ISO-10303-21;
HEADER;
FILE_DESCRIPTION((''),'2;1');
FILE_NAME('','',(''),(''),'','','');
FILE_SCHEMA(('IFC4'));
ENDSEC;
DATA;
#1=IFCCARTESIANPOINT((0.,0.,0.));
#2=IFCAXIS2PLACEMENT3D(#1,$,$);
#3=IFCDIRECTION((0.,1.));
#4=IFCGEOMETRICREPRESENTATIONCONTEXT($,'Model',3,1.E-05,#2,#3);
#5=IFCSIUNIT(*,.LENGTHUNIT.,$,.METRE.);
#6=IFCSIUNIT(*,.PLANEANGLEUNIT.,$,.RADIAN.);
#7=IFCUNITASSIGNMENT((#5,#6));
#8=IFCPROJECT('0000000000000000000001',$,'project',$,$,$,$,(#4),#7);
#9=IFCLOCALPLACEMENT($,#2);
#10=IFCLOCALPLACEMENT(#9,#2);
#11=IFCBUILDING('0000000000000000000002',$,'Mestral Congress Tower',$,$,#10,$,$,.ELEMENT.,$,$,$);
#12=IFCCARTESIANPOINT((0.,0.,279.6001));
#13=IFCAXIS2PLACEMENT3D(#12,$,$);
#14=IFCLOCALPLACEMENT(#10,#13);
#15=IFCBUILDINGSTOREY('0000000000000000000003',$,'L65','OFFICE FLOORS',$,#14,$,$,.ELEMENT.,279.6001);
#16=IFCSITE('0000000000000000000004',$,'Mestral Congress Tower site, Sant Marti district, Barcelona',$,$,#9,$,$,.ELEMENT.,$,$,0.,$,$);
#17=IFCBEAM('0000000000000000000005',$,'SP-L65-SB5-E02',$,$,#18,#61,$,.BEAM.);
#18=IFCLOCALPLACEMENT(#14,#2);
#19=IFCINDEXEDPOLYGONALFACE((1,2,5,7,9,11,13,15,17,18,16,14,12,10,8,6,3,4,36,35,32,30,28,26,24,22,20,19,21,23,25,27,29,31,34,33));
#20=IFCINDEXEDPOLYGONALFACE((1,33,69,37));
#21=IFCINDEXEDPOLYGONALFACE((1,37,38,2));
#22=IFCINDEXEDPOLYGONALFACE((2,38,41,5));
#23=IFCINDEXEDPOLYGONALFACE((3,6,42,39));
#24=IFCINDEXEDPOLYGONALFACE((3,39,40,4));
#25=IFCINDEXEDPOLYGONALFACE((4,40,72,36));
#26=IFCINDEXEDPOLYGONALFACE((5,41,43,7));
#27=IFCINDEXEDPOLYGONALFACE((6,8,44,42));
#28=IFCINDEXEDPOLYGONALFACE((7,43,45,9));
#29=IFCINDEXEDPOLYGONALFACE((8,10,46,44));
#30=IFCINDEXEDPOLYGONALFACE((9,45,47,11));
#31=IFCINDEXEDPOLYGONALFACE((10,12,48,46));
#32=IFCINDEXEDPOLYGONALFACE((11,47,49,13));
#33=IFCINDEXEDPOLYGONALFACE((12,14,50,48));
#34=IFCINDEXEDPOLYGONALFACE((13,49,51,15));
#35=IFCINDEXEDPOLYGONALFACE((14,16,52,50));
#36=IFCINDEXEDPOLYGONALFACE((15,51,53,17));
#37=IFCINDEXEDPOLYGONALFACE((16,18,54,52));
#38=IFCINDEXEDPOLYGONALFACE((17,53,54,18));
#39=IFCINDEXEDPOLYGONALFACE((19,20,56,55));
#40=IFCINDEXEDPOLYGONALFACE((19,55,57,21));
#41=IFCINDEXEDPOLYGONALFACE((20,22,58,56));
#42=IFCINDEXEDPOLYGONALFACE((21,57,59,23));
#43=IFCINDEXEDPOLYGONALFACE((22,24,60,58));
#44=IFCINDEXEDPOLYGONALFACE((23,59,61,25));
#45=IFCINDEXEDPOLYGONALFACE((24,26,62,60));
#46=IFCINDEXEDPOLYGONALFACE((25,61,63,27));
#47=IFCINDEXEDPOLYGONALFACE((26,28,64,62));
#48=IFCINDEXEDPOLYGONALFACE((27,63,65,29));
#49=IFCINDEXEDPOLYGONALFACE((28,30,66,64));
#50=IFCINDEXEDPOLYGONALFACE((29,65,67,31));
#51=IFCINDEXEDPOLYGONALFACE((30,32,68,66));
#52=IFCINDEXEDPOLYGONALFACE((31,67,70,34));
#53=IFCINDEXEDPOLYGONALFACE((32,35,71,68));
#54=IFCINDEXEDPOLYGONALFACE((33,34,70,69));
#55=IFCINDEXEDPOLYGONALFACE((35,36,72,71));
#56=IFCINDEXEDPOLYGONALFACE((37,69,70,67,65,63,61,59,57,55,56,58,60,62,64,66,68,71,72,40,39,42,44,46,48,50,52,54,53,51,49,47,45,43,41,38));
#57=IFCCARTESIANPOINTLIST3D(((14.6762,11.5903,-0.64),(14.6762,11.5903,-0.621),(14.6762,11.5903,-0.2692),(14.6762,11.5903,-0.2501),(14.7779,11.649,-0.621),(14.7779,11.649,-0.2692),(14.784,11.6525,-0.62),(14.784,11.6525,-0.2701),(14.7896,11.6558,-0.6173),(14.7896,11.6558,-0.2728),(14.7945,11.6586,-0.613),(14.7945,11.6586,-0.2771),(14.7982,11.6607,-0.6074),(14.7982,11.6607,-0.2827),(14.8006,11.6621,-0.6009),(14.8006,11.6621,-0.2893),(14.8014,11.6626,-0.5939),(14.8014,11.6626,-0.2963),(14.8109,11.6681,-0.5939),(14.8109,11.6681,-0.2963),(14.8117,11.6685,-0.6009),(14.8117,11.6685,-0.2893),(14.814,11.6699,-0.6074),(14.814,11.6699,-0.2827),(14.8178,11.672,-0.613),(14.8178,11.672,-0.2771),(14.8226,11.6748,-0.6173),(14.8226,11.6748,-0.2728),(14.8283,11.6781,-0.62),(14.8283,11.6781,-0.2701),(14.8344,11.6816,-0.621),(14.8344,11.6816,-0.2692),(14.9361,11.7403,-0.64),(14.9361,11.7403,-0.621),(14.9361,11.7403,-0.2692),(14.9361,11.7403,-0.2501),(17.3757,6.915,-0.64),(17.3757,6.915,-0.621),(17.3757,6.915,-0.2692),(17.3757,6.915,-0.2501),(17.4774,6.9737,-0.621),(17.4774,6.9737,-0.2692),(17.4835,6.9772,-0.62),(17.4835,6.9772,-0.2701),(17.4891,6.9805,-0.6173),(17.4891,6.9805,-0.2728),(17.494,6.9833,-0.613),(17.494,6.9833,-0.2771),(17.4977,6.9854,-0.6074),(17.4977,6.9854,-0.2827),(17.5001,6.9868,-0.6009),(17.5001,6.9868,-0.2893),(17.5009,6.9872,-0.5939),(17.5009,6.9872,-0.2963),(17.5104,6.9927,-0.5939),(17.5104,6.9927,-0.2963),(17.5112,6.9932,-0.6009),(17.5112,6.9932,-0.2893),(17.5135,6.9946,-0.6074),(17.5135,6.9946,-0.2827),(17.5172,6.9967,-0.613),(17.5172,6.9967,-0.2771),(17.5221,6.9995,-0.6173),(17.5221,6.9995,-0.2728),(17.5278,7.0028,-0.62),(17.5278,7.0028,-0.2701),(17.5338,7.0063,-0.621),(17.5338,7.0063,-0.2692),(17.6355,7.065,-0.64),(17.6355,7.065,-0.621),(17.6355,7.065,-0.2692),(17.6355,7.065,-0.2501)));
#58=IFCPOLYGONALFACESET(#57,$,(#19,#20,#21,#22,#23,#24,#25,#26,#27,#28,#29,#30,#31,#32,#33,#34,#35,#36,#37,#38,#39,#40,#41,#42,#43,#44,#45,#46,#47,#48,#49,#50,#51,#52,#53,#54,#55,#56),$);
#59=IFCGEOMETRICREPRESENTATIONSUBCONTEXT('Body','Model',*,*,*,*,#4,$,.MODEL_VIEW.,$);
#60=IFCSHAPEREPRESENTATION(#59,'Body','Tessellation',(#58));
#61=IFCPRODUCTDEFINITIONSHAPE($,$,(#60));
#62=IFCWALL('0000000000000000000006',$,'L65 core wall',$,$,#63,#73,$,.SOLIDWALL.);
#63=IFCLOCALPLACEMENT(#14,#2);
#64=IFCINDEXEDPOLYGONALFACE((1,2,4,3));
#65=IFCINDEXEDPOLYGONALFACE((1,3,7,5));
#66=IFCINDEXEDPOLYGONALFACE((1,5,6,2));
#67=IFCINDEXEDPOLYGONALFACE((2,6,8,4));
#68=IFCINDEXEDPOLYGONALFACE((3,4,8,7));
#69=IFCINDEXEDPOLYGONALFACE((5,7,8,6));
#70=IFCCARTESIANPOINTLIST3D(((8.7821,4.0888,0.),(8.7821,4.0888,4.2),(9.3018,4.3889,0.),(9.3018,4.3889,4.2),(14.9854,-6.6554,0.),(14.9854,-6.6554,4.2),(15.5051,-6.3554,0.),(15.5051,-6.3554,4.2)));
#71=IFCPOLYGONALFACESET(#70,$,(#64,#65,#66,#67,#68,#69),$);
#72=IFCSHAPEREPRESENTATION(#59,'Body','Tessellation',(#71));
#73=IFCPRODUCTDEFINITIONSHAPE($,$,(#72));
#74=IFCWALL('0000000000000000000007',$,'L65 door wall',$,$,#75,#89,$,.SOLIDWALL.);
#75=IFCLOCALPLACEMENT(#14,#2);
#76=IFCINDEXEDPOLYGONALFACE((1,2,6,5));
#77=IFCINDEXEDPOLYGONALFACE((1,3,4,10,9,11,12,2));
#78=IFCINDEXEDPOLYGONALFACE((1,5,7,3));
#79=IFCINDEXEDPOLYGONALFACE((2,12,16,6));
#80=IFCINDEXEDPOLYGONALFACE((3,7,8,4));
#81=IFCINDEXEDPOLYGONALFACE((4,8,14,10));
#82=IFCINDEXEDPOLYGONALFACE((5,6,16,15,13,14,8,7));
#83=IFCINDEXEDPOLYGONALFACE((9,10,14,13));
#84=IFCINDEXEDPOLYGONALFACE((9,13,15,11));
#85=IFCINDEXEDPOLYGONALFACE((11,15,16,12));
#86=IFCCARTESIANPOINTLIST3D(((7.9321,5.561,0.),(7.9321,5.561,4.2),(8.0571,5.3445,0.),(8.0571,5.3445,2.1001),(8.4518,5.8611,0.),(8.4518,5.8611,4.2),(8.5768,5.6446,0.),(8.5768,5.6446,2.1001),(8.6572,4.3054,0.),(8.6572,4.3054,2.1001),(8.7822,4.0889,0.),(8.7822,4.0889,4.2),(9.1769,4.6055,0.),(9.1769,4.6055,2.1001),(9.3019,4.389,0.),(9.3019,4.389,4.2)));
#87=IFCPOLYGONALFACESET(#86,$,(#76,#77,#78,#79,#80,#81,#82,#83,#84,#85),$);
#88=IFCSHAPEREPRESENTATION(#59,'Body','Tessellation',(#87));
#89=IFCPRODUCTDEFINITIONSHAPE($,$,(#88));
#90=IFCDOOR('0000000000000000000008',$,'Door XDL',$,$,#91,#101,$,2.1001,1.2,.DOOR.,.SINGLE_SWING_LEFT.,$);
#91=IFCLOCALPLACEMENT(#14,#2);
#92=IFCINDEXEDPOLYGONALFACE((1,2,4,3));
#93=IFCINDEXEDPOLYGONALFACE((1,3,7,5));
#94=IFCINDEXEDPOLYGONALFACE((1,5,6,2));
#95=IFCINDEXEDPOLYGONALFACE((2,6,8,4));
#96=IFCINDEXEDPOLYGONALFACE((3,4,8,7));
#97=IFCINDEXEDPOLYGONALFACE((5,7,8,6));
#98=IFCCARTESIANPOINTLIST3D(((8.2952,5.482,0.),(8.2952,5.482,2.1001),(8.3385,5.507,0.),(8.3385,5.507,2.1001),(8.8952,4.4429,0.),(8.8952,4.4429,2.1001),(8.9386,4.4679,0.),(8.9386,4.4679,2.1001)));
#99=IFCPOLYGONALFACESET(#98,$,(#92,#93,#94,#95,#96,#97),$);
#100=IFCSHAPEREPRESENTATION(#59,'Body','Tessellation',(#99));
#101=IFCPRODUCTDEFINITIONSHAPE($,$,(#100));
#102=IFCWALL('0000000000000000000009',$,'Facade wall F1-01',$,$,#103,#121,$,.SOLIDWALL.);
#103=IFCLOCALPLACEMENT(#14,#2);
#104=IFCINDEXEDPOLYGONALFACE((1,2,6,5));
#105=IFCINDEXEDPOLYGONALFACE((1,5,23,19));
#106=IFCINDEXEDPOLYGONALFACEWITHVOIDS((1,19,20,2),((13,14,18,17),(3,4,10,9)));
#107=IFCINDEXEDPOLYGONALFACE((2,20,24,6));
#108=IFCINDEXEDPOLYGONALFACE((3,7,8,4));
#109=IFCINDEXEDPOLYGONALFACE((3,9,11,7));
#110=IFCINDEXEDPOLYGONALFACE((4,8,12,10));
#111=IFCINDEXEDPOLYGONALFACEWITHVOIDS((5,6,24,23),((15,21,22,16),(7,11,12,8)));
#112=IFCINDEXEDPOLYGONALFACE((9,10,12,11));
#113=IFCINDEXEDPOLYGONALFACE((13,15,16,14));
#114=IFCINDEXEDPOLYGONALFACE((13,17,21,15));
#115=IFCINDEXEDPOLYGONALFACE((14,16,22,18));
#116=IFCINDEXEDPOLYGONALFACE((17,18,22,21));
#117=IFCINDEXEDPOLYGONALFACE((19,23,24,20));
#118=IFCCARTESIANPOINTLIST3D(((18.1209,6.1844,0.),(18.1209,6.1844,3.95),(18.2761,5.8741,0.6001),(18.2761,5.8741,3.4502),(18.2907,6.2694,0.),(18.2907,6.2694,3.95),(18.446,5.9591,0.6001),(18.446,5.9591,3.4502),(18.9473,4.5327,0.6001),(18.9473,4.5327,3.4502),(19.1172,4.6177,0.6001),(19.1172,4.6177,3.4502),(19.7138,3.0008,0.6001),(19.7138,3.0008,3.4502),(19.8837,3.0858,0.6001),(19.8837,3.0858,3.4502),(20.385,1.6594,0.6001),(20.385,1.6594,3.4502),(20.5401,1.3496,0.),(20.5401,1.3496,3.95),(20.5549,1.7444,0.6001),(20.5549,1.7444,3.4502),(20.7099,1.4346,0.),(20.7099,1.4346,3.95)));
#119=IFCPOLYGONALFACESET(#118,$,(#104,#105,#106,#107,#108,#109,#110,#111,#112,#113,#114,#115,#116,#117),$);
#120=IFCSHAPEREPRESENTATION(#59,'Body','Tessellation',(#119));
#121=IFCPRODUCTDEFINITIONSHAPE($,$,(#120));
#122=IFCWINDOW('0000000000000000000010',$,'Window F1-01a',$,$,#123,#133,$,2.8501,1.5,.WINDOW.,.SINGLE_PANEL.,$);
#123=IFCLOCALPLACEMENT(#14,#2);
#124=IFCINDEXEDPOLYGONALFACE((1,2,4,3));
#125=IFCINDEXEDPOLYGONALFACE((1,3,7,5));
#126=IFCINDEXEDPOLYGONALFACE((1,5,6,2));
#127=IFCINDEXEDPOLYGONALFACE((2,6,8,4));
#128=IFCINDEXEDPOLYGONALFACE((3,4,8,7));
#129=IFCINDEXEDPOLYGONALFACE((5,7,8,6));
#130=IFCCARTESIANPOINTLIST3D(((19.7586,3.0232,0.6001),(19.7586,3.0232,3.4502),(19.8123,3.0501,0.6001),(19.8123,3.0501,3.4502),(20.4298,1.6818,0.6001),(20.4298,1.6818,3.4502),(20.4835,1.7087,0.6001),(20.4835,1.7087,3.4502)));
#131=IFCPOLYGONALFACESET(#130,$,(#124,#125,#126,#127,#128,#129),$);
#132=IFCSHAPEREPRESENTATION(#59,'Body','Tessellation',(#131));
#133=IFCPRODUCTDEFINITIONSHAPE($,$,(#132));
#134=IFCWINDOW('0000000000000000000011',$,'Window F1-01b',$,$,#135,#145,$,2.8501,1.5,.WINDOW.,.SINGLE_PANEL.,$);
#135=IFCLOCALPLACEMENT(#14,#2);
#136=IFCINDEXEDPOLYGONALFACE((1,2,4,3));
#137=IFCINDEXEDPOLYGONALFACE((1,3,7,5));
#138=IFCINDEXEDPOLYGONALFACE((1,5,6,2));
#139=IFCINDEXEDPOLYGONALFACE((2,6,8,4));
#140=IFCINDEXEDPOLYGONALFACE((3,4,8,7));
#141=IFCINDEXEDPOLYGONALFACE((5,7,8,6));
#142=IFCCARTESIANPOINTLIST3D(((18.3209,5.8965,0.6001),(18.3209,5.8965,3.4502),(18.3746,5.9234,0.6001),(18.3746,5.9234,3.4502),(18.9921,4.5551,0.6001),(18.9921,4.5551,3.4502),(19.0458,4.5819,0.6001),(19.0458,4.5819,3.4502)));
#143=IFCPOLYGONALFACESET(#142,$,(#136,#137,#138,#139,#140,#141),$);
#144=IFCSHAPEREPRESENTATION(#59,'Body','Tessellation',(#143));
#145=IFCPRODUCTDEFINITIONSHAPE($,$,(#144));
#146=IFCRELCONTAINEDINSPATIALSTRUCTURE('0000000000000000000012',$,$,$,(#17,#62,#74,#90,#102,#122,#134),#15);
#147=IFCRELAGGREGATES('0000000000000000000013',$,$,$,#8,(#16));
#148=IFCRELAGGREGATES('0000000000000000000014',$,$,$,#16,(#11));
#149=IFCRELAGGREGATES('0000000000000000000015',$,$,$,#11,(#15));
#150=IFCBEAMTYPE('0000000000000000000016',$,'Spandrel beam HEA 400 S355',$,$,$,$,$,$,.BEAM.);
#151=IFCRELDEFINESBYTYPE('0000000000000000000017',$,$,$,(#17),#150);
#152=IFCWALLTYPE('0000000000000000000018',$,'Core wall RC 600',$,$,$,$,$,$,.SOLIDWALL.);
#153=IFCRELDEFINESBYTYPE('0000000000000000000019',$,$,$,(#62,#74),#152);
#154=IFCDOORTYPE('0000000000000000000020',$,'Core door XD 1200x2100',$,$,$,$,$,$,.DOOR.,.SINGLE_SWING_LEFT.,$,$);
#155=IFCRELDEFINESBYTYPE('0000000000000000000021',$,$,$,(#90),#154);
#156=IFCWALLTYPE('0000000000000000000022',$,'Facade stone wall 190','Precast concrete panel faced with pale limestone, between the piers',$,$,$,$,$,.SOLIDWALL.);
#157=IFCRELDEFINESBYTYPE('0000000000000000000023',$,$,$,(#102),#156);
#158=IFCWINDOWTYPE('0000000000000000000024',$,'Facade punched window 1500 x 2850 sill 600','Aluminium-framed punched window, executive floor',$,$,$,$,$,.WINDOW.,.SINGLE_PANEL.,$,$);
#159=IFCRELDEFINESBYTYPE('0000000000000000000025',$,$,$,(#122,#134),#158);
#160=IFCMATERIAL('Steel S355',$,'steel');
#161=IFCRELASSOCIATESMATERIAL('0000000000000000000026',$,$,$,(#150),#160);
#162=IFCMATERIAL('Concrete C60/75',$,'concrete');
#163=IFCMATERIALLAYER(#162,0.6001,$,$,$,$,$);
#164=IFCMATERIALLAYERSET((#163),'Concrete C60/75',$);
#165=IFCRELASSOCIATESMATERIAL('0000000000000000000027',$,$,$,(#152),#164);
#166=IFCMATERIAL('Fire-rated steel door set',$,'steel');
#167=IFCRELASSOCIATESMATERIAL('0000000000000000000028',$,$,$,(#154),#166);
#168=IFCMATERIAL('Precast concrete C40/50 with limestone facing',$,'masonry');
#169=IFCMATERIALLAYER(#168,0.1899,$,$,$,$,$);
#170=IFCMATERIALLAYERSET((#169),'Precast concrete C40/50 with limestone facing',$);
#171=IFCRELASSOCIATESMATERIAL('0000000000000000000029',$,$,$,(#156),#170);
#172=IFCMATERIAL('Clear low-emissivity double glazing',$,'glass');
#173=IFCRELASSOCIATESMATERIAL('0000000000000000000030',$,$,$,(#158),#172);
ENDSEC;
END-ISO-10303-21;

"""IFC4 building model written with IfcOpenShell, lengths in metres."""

from ifc_helpers import new_model, si_unit, direction, frame, frame_2d, origin, origin_2d, place, context, subcontext, project, spatial, rectangle, i_section, extrude, material, layer, layer_set, material_profile, profile_set, type_object, element, fill, save


model = new_model("IFC4")

# Units and contexts
model_context = context("Model", 3, precision=1e-05, world=origin(), true_north=direction((0.0, 1.0)))
body_context = subcontext(model_context, "Body", "Model", "MODEL_VIEW")
ifc_project = project(units=[si_unit("LENGTHUNIT", "METRE"), si_unit("PLANEANGLEUNIT", "RADIAN")], contexts=[model_context])

# Site, building, storey
site_placement = place(None, origin())
site = spatial("IfcSite", under=ifc_project, at=site_placement, Name="Mestral Congress Tower site, Sant Marti district, Barcelona", CompositionType="ELEMENT", RefElevation=0.0)
building_placement = place(site_placement, origin())
building = spatial("IfcBuilding", under=site, at=building_placement, Name="Mestral Congress Tower", CompositionType="ELEMENT")
storey_placement = place(building_placement, frame((0.0, 0.0, 279.6001)))
storey = spatial("IfcBuildingStorey", under=building, at=storey_placement, Name="L65", Description="OFFICE FLOORS", CompositionType="ELEMENT", Elevation=279.6001)

# Shared definitions
ifc_material_1 = material(Name="Concrete C60/75", Category="concrete")

# Beam
ifc_material_2 = material(Name="Steel S355", Category="steel")
ifc_material_profile_1 = material_profile(ifc_material_2, i_section(OverallWidth=0.3, OverallDepth=0.3899, WebThickness=0.011, FlangeThickness=0.019, FilletRadius=0.0271, at=origin_2d()), Name="HEA 400")
ifc_profile_set_1 = profile_set([ifc_material_profile_1], Name="Steel S355")
beam_type_1 = type_object("IfcBeamType", Name="Spandrel beam HEA 400 S355", PredefinedType="BEAM", material=ifc_profile_set_1)
beam_1_placement = place(storey_placement, frame((17.5056, 6.99, -0.4451), z_axis=(-0.500025, 0.866011, 0.0), x_axis=(-0.866011, -0.500025, 0.0)))
element("IfcBeam", 1, at=beam_1_placement, inside=storey, type_object=beam_type_1, Name="SP-L65-SB5-E02", PredefinedType="BEAM", context=body_context, shape_type="SweptSolid", body=[
    extrude(i_section(OverallWidth=0.3, OverallDepth=0.3899, WebThickness=0.011, FlangeThickness=0.019, FilletRadius=0.0271, at=origin_2d()), origin(), (0.0, 0.0, 1.0), 5.3987),
])

# Wall
ifc_layer_1 = layer(ifc_material_1, 0.6001)
ifc_layer_set_1 = layer_set([ifc_layer_1], Name="Concrete C60/75")
wall_type_1 = type_object("IfcWallType", Name="Core wall RC 600", PredefinedType="SOLIDWALL", material=ifc_layer_set_1)
wall_1_placement = place(storey_placement, frame((9.042, 4.2388, 0.0), z_axis=(0.0, 0.0, 1.0), x_axis=(0.500006, -0.866022, 0.0)))
element("IfcWall", 2, at=wall_1_placement, inside=storey, type_object=wall_type_1, Name="L65 core wall", PredefinedType="SOLIDWALL", context=body_context, shape_type="SweptSolid", body=[
    extrude(rectangle(XDim=12.4065, YDim=0.6001, at=frame_2d((6.2031, 0.0))), origin(), (0.0, 0.0, 1.0), 4.2),
])

# Wall, opening, door
wall_2_placement = place(storey_placement, frame((8.1919, 5.7112, 0.0), z_axis=(0.0, 0.0, 1.0), x_axis=(0.500062, -0.865989, 0.0)))
wall_2 = element("IfcWall", 3, at=wall_2_placement, inside=storey, type_object=wall_type_1, Name="L65 door wall", PredefinedType="SOLIDWALL", context=body_context, shape_type="SweptSolid", body=[
    extrude(rectangle(XDim=1.7, YDim=0.6001, at=frame_2d((0.8501, 0.0))), origin(), (0.0, 0.0, 1.0), 4.2),
])
opening_1_placement = place(wall_2_placement, frame((0.25, 0.0, 0.0)))
opening_1 = element("IfcOpeningElement", 4, at=opening_1_placement, cuts=wall_2, PredefinedType="OPENING", context=body_context, shape_type="SweptSolid", body=[
    extrude(rectangle(XDim=1.2, YDim=2.1001, at=frame_2d((0.6001, 1.05))), frame((0.0, 0.3101, 0.0), z_axis=(0.0, -1.0, 0.0), x_axis=(1.0, 0.0, 0.0)), (0.0, 0.0, 1.0), 0.6201),
])
ifc_material_3 = material(Name="Fire-rated steel door set", Category="steel")
door_type_1 = type_object("IfcDoorType", Name="Core door XD 1200x2100", OperationType="SINGLE_SWING_LEFT", PredefinedType="DOOR", material=ifc_material_3)
door_1_placement = place(opening_1_placement, origin())
door_1 = element("IfcDoor", 5, at=door_1_placement, inside=storey, type_object=door_type_1, Name="Door XDL", OperationType="SINGLE_SWING_LEFT", OverallHeight=2.1001, OverallWidth=1.2, PredefinedType="DOOR", context=body_context, shape_type="SweptSolid", body=[
    extrude(rectangle(XDim=1.2, YDim=2.1001, at=frame_2d((0.6001, 1.05))), frame((0.0, 0.0249, 0.0), z_axis=(0.0, -1.0, 0.0), x_axis=(1.0, 0.0, 0.0)), (0.0, 0.0, 1.0), 0.05),
])
fill(opening_1, door_1)

# Wall, openings, windows
ifc_material_4 = material(Name="Precast concrete C40/50 with limestone facing", Category="masonry")
ifc_layer_2 = layer(ifc_material_4, 0.1899)
ifc_layer_set_2 = layer_set([ifc_layer_2], Name="Precast concrete C40/50 with limestone facing")
wall_type_2 = type_object("IfcWallType", Name="Facade stone wall 190", Description="Precast concrete panel faced with pale limestone, between the piers", PredefinedType="SOLIDWALL", material=ifc_layer_set_2)
wall_3_placement = place(storey_placement, frame((20.625, 1.3921, 0.0), z_axis=(0.0, 0.0, 1.0), x_axis=(-0.447485, 0.894292, 0.0)))
wall_3 = element("IfcWall", 6, at=wall_3_placement, inside=storey, type_object=wall_type_2, Name="Facade wall F1-01", PredefinedType="SOLIDWALL", context=body_context, shape_type="SweptSolid", body=[
    extrude(rectangle(XDim=5.4062, YDim=0.1899, at=frame_2d((2.7031, 0.0))), origin(), (0.0, 0.0, 1.0), 3.95),
])
opening_2_placement = place(wall_3_placement, frame((0.3464, 0.0, 0.6001)))
opening_2 = element("IfcOpeningElement", 7, at=opening_2_placement, cuts=wall_3, PredefinedType="OPENING", context=body_context, shape_type="SweptSolid", body=[
    extrude(rectangle(XDim=1.5, YDim=2.8501, at=frame_2d((0.75, 1.425))), frame((0.0, 0.105, 0.0), z_axis=(0.0, -1.0, 0.0), x_axis=(1.0, 0.0, 0.0)), (0.0, 0.0, 1.0), 0.21),
])
opening_3_placement = place(wall_3_placement, frame((3.5593, 0.0, 0.6001)))
opening_3 = element("IfcOpeningElement", 8, at=opening_3_placement, cuts=wall_3, PredefinedType="OPENING", context=body_context, shape_type="SweptSolid", body=[
    extrude(rectangle(XDim=1.5, YDim=2.8501, at=frame_2d((0.75, 1.425))), frame((0.0, 0.105, 0.0), z_axis=(0.0, -1.0, 0.0), x_axis=(1.0, 0.0, 0.0)), (0.0, 0.0, 1.0), 0.21),
])
ifc_material_5 = material(Name="Clear low-emissivity double glazing", Category="glass")
window_type = type_object("IfcWindowType", Name="Facade punched window 1500 x 2850 sill 600", Description="Aluminium-framed punched window, executive floor", PartitioningType="SINGLE_PANEL", PredefinedType="WINDOW", material=ifc_material_5)
window_1_placement = place(opening_2_placement, origin())
window_1 = element("IfcWindow", 9, at=window_1_placement, inside=storey, type_object=window_type, Name="Window F1-01a", OverallHeight=2.8501, OverallWidth=1.5, PartitioningType="SINGLE_PANEL", PredefinedType="WINDOW", context=body_context, shape_type="SweptSolid", body=[
    extrude(rectangle(XDim=1.5, YDim=2.8501, at=frame_2d((0.75, 1.425))), frame((0.0, 0.0449, 0.0), z_axis=(0.0, -1.0, 0.0), x_axis=(1.0, 0.0, 0.0)), (0.0, 0.0, 1.0), 0.0601),
])
fill(opening_2, window_1)
window_2_placement = place(opening_3_placement, origin())
window_2 = element("IfcWindow", 10, at=window_2_placement, inside=storey, type_object=window_type, Name="Window F1-01b", OverallHeight=2.8501, OverallWidth=1.5, PartitioningType="SINGLE_PANEL", PredefinedType="WINDOW", context=body_context, shape_type="SweptSolid", body=[
    extrude(rectangle(XDim=1.5, YDim=2.8501, at=frame_2d((0.75, 1.425))), frame((0.0, 0.0449, 0.0), z_axis=(0.0, -1.0, 0.0), x_axis=(1.0, 0.0, 0.0)), (0.0, 0.0, 1.0), 0.0601),
])
fill(opening_3, window_2)

save(model, "model.ifc")
